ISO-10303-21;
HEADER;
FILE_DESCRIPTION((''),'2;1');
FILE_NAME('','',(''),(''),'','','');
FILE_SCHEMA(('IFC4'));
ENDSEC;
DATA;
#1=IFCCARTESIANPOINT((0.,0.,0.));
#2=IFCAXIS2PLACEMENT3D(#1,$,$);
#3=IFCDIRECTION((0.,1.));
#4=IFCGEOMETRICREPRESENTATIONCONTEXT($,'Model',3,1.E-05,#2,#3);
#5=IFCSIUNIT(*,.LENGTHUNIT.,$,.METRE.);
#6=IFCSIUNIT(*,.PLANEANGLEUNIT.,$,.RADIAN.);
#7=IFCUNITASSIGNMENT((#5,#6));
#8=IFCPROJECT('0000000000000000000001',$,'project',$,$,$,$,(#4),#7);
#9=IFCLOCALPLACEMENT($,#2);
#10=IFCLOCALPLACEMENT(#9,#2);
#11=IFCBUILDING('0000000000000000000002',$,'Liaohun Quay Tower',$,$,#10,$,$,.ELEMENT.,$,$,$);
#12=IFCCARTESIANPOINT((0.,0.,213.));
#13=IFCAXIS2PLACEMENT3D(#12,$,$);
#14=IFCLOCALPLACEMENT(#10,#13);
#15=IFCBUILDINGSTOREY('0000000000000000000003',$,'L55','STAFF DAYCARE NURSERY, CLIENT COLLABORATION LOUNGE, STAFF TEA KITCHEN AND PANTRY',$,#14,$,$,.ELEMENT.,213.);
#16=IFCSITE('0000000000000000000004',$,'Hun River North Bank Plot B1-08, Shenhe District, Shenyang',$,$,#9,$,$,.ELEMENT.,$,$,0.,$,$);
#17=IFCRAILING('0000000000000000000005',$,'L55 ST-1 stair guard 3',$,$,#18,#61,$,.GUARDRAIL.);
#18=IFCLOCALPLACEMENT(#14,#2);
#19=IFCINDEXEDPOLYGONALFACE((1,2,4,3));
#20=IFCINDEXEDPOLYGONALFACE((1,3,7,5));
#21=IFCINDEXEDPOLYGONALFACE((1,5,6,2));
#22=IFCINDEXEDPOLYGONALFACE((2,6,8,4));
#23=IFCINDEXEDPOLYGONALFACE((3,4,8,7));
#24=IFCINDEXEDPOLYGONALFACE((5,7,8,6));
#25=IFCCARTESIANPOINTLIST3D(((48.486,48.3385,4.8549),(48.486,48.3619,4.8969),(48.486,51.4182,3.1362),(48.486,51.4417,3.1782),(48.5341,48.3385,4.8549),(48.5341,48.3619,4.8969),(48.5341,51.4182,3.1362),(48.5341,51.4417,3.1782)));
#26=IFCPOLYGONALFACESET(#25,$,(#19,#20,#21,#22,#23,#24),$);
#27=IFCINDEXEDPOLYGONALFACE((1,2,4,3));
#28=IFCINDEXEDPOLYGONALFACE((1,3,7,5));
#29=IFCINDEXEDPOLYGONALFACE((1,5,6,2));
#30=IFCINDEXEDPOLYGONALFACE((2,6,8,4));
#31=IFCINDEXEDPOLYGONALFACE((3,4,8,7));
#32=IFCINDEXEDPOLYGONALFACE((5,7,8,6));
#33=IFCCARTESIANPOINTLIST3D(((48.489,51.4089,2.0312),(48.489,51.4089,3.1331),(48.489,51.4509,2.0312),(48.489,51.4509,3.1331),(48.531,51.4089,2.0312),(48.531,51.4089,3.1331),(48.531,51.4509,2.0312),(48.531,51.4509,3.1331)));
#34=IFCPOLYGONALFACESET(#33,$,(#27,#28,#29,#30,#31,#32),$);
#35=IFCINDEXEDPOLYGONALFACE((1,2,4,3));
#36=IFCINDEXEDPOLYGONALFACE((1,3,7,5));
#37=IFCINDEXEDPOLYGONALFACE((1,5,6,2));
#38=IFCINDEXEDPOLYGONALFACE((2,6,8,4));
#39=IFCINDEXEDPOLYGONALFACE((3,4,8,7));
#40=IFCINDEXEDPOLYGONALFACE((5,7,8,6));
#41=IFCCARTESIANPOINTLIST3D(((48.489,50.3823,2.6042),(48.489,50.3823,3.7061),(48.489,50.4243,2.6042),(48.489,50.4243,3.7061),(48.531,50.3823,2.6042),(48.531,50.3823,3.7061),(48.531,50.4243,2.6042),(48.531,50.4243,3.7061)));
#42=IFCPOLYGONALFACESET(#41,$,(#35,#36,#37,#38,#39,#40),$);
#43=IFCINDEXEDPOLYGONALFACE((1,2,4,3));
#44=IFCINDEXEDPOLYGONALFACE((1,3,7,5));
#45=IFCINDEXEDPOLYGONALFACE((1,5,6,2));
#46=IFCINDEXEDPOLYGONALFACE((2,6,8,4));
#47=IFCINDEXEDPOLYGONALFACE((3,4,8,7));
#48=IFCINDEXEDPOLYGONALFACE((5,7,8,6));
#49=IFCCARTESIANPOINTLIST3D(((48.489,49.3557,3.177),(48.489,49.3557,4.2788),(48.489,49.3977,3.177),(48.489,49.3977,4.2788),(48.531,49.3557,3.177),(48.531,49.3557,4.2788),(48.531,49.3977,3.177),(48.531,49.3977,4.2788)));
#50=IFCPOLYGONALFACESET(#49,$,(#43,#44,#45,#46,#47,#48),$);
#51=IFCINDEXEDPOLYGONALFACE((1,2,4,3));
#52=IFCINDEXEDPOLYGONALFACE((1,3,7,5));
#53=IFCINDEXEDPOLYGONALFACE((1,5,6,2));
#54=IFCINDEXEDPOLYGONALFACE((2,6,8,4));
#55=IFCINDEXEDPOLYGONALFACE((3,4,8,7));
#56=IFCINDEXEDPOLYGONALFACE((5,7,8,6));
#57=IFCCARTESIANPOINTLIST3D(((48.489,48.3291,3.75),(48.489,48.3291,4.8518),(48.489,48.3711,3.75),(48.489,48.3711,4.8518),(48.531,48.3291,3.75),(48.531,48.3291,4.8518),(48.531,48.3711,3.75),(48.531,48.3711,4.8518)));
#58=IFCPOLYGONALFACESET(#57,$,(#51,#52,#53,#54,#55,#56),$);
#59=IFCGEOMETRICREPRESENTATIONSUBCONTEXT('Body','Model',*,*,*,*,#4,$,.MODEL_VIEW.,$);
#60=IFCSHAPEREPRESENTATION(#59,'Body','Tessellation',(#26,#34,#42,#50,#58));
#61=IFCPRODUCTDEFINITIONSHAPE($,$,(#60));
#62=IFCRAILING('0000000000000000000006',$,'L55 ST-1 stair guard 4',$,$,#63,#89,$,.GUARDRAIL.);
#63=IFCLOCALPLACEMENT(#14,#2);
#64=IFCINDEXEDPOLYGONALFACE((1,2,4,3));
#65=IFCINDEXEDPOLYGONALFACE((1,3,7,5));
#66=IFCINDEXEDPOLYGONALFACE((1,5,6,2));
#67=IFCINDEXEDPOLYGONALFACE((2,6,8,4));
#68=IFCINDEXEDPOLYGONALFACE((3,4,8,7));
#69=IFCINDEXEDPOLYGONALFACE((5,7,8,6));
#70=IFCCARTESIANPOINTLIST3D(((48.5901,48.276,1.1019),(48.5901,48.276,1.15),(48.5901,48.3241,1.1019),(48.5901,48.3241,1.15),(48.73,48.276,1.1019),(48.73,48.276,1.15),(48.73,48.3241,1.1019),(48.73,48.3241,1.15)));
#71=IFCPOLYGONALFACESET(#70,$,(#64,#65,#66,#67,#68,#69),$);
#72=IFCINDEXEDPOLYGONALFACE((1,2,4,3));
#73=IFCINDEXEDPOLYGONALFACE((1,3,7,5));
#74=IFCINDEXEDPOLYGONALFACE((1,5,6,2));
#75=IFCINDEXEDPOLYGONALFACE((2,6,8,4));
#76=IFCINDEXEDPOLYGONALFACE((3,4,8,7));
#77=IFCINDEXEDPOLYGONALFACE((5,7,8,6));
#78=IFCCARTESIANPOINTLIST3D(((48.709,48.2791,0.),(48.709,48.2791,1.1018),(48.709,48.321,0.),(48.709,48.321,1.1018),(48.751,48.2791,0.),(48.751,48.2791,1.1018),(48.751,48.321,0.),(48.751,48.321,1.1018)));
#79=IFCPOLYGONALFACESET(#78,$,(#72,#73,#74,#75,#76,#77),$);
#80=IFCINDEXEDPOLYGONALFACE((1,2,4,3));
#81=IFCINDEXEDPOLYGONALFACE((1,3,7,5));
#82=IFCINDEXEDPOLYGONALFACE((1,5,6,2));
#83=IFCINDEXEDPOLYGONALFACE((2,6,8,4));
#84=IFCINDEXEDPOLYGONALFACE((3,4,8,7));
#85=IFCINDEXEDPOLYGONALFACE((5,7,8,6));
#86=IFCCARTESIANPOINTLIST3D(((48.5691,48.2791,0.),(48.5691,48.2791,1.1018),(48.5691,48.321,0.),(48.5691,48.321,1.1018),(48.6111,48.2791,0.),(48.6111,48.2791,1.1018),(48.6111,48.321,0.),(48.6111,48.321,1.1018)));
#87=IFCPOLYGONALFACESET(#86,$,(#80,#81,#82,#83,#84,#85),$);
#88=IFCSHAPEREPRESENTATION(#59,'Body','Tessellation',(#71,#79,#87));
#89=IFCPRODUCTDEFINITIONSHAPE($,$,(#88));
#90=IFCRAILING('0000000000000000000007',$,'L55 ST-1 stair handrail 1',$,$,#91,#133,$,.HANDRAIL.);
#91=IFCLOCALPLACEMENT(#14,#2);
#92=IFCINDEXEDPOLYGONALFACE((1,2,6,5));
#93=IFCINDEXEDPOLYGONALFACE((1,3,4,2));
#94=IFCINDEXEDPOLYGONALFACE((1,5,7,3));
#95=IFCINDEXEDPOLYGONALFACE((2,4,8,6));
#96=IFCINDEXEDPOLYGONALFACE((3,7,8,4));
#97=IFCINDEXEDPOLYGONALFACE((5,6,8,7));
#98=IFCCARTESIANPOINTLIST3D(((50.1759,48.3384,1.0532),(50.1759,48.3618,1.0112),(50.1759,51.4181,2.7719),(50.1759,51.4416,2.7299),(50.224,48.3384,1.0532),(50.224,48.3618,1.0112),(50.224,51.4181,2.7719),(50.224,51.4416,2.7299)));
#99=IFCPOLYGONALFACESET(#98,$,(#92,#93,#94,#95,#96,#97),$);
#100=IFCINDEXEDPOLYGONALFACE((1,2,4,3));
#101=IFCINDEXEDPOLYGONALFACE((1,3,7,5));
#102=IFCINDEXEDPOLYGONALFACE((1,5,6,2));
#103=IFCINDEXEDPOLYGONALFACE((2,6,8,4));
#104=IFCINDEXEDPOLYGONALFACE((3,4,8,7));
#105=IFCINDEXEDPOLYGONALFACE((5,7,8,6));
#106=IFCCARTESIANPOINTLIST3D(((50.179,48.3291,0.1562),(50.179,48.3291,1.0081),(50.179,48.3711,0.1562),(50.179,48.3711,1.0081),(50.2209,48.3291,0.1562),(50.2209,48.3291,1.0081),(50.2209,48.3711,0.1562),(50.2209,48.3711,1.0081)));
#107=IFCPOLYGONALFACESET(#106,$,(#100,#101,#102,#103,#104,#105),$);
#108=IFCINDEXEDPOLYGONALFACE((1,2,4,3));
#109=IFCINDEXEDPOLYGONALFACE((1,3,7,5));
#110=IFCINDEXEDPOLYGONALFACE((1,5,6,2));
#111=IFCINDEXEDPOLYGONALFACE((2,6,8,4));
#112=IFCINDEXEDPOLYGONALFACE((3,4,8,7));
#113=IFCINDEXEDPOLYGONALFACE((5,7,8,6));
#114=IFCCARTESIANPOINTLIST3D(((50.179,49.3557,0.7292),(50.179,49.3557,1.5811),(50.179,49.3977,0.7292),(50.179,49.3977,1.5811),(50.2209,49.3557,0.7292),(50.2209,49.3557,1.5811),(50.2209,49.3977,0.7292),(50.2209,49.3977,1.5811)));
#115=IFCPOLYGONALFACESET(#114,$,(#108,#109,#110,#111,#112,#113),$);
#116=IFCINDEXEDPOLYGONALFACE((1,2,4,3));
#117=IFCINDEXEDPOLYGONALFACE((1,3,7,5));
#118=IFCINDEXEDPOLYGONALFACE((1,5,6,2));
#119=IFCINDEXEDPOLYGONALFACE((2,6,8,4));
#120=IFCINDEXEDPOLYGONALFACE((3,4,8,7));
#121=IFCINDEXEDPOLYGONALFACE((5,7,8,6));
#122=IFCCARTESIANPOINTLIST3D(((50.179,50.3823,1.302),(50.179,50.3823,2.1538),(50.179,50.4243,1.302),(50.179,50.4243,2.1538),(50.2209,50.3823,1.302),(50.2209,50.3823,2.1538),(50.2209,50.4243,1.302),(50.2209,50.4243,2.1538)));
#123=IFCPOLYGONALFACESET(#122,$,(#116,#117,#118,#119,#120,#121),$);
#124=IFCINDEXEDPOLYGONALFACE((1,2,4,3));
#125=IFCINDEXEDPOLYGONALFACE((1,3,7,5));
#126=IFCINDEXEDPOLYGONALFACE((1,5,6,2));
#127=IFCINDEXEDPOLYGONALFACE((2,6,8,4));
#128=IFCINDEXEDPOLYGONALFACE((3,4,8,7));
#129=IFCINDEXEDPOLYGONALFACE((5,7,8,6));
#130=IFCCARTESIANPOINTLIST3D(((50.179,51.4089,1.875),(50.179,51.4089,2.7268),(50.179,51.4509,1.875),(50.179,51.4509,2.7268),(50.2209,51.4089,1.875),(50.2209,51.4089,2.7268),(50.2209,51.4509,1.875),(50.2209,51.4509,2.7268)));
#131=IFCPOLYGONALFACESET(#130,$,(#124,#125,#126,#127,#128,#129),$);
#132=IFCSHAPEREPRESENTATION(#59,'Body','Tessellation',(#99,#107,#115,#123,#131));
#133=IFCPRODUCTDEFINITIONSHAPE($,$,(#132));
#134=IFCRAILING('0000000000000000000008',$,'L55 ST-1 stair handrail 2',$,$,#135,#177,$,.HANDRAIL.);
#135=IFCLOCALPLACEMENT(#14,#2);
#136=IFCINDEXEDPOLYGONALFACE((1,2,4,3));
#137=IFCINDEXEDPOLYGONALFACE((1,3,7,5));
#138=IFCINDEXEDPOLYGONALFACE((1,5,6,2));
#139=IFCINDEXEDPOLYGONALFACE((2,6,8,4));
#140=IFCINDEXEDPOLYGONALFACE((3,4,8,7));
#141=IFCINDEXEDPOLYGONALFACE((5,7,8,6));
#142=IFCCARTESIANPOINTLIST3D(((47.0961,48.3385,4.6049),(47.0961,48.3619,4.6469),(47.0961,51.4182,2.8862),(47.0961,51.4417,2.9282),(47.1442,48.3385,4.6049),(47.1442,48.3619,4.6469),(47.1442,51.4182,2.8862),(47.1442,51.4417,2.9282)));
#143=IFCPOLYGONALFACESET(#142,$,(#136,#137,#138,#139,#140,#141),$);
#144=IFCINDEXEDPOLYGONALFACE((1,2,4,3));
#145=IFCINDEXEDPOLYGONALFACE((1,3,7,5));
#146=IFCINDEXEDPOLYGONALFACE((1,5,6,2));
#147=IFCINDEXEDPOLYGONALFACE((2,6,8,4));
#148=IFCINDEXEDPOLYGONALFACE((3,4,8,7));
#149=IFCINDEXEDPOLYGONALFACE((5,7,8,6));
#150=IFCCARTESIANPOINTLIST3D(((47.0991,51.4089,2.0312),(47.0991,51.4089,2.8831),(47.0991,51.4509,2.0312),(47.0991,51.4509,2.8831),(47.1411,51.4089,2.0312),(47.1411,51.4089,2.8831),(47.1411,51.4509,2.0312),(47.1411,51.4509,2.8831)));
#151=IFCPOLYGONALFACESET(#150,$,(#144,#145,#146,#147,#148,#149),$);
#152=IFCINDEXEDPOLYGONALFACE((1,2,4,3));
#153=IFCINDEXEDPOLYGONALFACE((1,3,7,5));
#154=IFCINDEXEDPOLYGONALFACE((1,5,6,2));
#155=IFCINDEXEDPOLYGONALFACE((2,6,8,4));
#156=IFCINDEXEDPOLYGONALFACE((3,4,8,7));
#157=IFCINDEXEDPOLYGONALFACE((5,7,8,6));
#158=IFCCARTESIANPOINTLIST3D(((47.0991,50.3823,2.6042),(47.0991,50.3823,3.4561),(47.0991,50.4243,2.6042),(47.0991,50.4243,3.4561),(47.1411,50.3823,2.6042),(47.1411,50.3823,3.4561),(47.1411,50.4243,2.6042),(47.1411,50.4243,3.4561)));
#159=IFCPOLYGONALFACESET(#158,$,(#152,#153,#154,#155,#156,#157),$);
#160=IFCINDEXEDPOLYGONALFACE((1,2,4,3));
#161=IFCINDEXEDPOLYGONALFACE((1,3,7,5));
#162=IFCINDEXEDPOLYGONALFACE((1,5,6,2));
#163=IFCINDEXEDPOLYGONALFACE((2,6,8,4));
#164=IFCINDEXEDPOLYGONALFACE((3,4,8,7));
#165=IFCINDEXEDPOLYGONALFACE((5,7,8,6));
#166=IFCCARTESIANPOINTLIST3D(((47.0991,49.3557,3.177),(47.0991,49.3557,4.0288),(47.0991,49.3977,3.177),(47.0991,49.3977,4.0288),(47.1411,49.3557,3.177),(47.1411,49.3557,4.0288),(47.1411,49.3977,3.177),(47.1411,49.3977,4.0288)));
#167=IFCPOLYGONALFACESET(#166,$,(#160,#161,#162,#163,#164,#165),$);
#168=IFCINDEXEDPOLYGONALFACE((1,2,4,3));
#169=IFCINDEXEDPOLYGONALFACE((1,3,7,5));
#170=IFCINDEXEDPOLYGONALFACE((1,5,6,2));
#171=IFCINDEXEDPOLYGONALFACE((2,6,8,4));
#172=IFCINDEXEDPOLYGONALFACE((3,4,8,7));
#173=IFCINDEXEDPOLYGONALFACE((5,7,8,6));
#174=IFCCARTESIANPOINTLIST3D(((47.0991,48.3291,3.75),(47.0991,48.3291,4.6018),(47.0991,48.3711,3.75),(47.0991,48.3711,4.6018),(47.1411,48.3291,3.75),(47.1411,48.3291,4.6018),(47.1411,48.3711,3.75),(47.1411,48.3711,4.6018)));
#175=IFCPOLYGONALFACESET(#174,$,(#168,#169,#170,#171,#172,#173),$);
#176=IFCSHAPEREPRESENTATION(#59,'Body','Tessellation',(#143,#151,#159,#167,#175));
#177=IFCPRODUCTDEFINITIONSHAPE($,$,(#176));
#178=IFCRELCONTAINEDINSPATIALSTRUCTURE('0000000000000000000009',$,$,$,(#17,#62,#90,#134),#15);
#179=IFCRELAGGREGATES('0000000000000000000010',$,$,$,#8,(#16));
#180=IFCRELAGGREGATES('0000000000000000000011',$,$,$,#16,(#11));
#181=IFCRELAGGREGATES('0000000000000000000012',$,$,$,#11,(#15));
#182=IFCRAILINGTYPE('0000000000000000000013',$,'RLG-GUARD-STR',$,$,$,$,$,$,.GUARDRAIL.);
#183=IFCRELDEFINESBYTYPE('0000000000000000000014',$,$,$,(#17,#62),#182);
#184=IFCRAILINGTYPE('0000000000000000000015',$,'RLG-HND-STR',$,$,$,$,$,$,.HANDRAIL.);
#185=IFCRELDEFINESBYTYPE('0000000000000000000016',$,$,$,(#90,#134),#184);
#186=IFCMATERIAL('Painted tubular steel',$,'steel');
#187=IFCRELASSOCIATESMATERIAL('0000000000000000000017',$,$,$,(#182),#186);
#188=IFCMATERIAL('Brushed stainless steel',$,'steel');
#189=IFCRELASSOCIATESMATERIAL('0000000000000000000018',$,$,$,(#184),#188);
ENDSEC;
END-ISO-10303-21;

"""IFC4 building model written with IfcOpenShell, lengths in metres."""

from ifc_helpers import new_model, si_unit, direction, frame, origin, origin_2d, place, context, subcontext, project, spatial, rectangle, extrude, material, type_object, element, save


model = new_model("IFC4")

# Units and contexts
model_context = context("Model", 3, precision=1e-05, world=origin(), true_north=direction((0.0, 1.0)))
body_context = subcontext(model_context, "Body", "Model", "MODEL_VIEW")
ifc_project = project(units=[si_unit("LENGTHUNIT", "METRE"), si_unit("PLANEANGLEUNIT", "RADIAN")], contexts=[model_context])

# Site, building, storey
site_placement = place(None, origin())
site = spatial("IfcSite", under=ifc_project, at=site_placement, Name="Hun River North Bank Plot B1-08, Shenhe District, Shenyang", CompositionType="ELEMENT", RefElevation=0.0)
building_placement = place(site_placement, origin())
building = spatial("IfcBuilding", under=site, at=building_placement, Name="Liaohun Quay Tower", CompositionType="ELEMENT")
storey_placement = place(building_placement, frame((0.0, 0.0, 213.0)))
storey = spatial("IfcBuildingStorey", under=building, at=storey_placement, Name="L55", Description="STAFF DAYCARE NURSERY, CLIENT COLLABORATION LOUNGE, STAFF TEA KITCHEN AND PANTRY", CompositionType="ELEMENT", Elevation=213.0)

# Railings
ifc_material_1 = material(Name="Painted tubular steel", Category="steel")
railing_type_1 = type_object("IfcRailingType", Name="RLG-GUARD-STR", PredefinedType="GUARDRAIL", material=ifc_material_1)
railing_1_placement = place(storey_placement, frame((48.51, 51.4299, 2.0312)))
element("IfcRailing", 1, at=railing_1_placement, inside=storey, type_object=railing_type_1, Name="L55 ST-1 stair guard 3", PredefinedType="GUARDRAIL", context=body_context, shape_type="SweptSolid", body=[
    extrude(rectangle(XDim=0.0481, YDim=0.0481, at=origin_2d()), frame((0.0, 0.0, 1.126), z_axis=(0.0, -0.873225, 0.487317), x_axis=(1.0, 0.0, 0.0)), (0.0, 0.0, 1.0), 3.5269),
    extrude(rectangle(XDim=0.042, YDim=0.042, at=origin_2d()), origin(), (0.0, 0.0, 1.0), 1.1018),
    extrude(rectangle(XDim=0.042, YDim=0.042, at=origin_2d()), frame((0.0, -1.0266, 0.573)), (0.0, 0.0, 1.0), 1.1018),
    extrude(rectangle(XDim=0.042, YDim=0.042, at=origin_2d()), frame((0.0, -2.0532, 1.1458)), (0.0, 0.0, 1.0), 1.1018),
    extrude(rectangle(XDim=0.042, YDim=0.042, at=origin_2d()), frame((0.0, -3.0798, 1.7188)), (0.0, 0.0, 1.0), 1.1018),
])
railing_2_placement = place(storey_placement, frame((48.73, 48.3, 0.0)))
element("IfcRailing", 2, at=railing_2_placement, inside=storey, type_object=railing_type_1, Name="L55 ST-1 stair guard 4", PredefinedType="GUARDRAIL", context=body_context, shape_type="SweptSolid", body=[
    extrude(rectangle(XDim=0.0481, YDim=0.0481, at=origin_2d()), frame((0.0, 0.0, 1.126), z_axis=(-1.0, 0.0, 0.0), x_axis=(0.0, -1.0, 0.0)), (0.0, 0.0, 1.0), 0.1399),
    extrude(rectangle(XDim=0.042, YDim=0.042, at=origin_2d()), origin(), (0.0, 0.0, 1.0), 1.1018),
    extrude(rectangle(XDim=0.042, YDim=0.042, at=origin_2d()), frame((-0.1399, 0.0, 0.0)), (0.0, 0.0, 1.0), 1.1018),
])
ifc_material_2 = material(Name="Brushed stainless steel", Category="steel")
railing_type_2 = type_object("IfcRailingType", Name="RLG-HND-STR", PredefinedType="HANDRAIL", material=ifc_material_2)
railing_3_placement = place(storey_placement, frame((50.2, 48.3501, 0.1562)))
element("IfcRailing", 3, at=railing_3_placement, inside=storey, type_object=railing_type_2, Name="L55 ST-1 stair handrail 1", PredefinedType="HANDRAIL", context=body_context, shape_type="SweptSolid", body=[
    extrude(rectangle(XDim=0.0481, YDim=0.0481, at=origin_2d()), frame((0.0, 0.0, 0.876), z_axis=(0.0, 0.873225, 0.487317), x_axis=(-1.0, 0.0, 0.0)), (0.0, 0.0, 1.0), 3.5269),
    extrude(rectangle(XDim=0.042, YDim=0.042, at=origin_2d()), origin(), (0.0, 0.0, 1.0), 0.8518),
    extrude(rectangle(XDim=0.042, YDim=0.042, at=origin_2d()), frame((0.0, 1.0266, 0.573)), (0.0, 0.0, 1.0), 0.8518),
    extrude(rectangle(XDim=0.042, YDim=0.042, at=origin_2d()), frame((0.0, 2.0532, 1.1458)), (0.0, 0.0, 1.0), 0.8518),
    extrude(rectangle(XDim=0.042, YDim=0.042, at=origin_2d()), frame((0.0, 3.0798, 1.7188)), (0.0, 0.0, 1.0), 0.8518),
])
railing_4_placement = place(storey_placement, frame((47.1201, 51.4299, 2.0312)))
element("IfcRailing", 4, at=railing_4_placement, inside=storey, type_object=railing_type_2, Name="L55 ST-1 stair handrail 2", PredefinedType="HANDRAIL", context=body_context, shape_type="SweptSolid", body=[
    extrude(rectangle(XDim=0.0481, YDim=0.0481, at=origin_2d()), frame((0.0, 0.0, 0.876), z_axis=(0.0, -0.873225, 0.487317), x_axis=(1.0, 0.0, 0.0)), (0.0, 0.0, 1.0), 3.5269),
    extrude(rectangle(XDim=0.042, YDim=0.042, at=origin_2d()), origin(), (0.0, 0.0, 1.0), 0.8518),
    extrude(rectangle(XDim=0.042, YDim=0.042, at=origin_2d()), frame((0.0, -1.0266, 0.573)), (0.0, 0.0, 1.0), 0.8518),
    extrude(rectangle(XDim=0.042, YDim=0.042, at=origin_2d()), frame((0.0, -2.0532, 1.1458)), (0.0, 0.0, 1.0), 0.8518),
    extrude(rectangle(XDim=0.042, YDim=0.042, at=origin_2d()), frame((0.0, -3.0798, 1.7188)), (0.0, 0.0, 1.0), 0.8518),
])

save(model, "model.ifc")
